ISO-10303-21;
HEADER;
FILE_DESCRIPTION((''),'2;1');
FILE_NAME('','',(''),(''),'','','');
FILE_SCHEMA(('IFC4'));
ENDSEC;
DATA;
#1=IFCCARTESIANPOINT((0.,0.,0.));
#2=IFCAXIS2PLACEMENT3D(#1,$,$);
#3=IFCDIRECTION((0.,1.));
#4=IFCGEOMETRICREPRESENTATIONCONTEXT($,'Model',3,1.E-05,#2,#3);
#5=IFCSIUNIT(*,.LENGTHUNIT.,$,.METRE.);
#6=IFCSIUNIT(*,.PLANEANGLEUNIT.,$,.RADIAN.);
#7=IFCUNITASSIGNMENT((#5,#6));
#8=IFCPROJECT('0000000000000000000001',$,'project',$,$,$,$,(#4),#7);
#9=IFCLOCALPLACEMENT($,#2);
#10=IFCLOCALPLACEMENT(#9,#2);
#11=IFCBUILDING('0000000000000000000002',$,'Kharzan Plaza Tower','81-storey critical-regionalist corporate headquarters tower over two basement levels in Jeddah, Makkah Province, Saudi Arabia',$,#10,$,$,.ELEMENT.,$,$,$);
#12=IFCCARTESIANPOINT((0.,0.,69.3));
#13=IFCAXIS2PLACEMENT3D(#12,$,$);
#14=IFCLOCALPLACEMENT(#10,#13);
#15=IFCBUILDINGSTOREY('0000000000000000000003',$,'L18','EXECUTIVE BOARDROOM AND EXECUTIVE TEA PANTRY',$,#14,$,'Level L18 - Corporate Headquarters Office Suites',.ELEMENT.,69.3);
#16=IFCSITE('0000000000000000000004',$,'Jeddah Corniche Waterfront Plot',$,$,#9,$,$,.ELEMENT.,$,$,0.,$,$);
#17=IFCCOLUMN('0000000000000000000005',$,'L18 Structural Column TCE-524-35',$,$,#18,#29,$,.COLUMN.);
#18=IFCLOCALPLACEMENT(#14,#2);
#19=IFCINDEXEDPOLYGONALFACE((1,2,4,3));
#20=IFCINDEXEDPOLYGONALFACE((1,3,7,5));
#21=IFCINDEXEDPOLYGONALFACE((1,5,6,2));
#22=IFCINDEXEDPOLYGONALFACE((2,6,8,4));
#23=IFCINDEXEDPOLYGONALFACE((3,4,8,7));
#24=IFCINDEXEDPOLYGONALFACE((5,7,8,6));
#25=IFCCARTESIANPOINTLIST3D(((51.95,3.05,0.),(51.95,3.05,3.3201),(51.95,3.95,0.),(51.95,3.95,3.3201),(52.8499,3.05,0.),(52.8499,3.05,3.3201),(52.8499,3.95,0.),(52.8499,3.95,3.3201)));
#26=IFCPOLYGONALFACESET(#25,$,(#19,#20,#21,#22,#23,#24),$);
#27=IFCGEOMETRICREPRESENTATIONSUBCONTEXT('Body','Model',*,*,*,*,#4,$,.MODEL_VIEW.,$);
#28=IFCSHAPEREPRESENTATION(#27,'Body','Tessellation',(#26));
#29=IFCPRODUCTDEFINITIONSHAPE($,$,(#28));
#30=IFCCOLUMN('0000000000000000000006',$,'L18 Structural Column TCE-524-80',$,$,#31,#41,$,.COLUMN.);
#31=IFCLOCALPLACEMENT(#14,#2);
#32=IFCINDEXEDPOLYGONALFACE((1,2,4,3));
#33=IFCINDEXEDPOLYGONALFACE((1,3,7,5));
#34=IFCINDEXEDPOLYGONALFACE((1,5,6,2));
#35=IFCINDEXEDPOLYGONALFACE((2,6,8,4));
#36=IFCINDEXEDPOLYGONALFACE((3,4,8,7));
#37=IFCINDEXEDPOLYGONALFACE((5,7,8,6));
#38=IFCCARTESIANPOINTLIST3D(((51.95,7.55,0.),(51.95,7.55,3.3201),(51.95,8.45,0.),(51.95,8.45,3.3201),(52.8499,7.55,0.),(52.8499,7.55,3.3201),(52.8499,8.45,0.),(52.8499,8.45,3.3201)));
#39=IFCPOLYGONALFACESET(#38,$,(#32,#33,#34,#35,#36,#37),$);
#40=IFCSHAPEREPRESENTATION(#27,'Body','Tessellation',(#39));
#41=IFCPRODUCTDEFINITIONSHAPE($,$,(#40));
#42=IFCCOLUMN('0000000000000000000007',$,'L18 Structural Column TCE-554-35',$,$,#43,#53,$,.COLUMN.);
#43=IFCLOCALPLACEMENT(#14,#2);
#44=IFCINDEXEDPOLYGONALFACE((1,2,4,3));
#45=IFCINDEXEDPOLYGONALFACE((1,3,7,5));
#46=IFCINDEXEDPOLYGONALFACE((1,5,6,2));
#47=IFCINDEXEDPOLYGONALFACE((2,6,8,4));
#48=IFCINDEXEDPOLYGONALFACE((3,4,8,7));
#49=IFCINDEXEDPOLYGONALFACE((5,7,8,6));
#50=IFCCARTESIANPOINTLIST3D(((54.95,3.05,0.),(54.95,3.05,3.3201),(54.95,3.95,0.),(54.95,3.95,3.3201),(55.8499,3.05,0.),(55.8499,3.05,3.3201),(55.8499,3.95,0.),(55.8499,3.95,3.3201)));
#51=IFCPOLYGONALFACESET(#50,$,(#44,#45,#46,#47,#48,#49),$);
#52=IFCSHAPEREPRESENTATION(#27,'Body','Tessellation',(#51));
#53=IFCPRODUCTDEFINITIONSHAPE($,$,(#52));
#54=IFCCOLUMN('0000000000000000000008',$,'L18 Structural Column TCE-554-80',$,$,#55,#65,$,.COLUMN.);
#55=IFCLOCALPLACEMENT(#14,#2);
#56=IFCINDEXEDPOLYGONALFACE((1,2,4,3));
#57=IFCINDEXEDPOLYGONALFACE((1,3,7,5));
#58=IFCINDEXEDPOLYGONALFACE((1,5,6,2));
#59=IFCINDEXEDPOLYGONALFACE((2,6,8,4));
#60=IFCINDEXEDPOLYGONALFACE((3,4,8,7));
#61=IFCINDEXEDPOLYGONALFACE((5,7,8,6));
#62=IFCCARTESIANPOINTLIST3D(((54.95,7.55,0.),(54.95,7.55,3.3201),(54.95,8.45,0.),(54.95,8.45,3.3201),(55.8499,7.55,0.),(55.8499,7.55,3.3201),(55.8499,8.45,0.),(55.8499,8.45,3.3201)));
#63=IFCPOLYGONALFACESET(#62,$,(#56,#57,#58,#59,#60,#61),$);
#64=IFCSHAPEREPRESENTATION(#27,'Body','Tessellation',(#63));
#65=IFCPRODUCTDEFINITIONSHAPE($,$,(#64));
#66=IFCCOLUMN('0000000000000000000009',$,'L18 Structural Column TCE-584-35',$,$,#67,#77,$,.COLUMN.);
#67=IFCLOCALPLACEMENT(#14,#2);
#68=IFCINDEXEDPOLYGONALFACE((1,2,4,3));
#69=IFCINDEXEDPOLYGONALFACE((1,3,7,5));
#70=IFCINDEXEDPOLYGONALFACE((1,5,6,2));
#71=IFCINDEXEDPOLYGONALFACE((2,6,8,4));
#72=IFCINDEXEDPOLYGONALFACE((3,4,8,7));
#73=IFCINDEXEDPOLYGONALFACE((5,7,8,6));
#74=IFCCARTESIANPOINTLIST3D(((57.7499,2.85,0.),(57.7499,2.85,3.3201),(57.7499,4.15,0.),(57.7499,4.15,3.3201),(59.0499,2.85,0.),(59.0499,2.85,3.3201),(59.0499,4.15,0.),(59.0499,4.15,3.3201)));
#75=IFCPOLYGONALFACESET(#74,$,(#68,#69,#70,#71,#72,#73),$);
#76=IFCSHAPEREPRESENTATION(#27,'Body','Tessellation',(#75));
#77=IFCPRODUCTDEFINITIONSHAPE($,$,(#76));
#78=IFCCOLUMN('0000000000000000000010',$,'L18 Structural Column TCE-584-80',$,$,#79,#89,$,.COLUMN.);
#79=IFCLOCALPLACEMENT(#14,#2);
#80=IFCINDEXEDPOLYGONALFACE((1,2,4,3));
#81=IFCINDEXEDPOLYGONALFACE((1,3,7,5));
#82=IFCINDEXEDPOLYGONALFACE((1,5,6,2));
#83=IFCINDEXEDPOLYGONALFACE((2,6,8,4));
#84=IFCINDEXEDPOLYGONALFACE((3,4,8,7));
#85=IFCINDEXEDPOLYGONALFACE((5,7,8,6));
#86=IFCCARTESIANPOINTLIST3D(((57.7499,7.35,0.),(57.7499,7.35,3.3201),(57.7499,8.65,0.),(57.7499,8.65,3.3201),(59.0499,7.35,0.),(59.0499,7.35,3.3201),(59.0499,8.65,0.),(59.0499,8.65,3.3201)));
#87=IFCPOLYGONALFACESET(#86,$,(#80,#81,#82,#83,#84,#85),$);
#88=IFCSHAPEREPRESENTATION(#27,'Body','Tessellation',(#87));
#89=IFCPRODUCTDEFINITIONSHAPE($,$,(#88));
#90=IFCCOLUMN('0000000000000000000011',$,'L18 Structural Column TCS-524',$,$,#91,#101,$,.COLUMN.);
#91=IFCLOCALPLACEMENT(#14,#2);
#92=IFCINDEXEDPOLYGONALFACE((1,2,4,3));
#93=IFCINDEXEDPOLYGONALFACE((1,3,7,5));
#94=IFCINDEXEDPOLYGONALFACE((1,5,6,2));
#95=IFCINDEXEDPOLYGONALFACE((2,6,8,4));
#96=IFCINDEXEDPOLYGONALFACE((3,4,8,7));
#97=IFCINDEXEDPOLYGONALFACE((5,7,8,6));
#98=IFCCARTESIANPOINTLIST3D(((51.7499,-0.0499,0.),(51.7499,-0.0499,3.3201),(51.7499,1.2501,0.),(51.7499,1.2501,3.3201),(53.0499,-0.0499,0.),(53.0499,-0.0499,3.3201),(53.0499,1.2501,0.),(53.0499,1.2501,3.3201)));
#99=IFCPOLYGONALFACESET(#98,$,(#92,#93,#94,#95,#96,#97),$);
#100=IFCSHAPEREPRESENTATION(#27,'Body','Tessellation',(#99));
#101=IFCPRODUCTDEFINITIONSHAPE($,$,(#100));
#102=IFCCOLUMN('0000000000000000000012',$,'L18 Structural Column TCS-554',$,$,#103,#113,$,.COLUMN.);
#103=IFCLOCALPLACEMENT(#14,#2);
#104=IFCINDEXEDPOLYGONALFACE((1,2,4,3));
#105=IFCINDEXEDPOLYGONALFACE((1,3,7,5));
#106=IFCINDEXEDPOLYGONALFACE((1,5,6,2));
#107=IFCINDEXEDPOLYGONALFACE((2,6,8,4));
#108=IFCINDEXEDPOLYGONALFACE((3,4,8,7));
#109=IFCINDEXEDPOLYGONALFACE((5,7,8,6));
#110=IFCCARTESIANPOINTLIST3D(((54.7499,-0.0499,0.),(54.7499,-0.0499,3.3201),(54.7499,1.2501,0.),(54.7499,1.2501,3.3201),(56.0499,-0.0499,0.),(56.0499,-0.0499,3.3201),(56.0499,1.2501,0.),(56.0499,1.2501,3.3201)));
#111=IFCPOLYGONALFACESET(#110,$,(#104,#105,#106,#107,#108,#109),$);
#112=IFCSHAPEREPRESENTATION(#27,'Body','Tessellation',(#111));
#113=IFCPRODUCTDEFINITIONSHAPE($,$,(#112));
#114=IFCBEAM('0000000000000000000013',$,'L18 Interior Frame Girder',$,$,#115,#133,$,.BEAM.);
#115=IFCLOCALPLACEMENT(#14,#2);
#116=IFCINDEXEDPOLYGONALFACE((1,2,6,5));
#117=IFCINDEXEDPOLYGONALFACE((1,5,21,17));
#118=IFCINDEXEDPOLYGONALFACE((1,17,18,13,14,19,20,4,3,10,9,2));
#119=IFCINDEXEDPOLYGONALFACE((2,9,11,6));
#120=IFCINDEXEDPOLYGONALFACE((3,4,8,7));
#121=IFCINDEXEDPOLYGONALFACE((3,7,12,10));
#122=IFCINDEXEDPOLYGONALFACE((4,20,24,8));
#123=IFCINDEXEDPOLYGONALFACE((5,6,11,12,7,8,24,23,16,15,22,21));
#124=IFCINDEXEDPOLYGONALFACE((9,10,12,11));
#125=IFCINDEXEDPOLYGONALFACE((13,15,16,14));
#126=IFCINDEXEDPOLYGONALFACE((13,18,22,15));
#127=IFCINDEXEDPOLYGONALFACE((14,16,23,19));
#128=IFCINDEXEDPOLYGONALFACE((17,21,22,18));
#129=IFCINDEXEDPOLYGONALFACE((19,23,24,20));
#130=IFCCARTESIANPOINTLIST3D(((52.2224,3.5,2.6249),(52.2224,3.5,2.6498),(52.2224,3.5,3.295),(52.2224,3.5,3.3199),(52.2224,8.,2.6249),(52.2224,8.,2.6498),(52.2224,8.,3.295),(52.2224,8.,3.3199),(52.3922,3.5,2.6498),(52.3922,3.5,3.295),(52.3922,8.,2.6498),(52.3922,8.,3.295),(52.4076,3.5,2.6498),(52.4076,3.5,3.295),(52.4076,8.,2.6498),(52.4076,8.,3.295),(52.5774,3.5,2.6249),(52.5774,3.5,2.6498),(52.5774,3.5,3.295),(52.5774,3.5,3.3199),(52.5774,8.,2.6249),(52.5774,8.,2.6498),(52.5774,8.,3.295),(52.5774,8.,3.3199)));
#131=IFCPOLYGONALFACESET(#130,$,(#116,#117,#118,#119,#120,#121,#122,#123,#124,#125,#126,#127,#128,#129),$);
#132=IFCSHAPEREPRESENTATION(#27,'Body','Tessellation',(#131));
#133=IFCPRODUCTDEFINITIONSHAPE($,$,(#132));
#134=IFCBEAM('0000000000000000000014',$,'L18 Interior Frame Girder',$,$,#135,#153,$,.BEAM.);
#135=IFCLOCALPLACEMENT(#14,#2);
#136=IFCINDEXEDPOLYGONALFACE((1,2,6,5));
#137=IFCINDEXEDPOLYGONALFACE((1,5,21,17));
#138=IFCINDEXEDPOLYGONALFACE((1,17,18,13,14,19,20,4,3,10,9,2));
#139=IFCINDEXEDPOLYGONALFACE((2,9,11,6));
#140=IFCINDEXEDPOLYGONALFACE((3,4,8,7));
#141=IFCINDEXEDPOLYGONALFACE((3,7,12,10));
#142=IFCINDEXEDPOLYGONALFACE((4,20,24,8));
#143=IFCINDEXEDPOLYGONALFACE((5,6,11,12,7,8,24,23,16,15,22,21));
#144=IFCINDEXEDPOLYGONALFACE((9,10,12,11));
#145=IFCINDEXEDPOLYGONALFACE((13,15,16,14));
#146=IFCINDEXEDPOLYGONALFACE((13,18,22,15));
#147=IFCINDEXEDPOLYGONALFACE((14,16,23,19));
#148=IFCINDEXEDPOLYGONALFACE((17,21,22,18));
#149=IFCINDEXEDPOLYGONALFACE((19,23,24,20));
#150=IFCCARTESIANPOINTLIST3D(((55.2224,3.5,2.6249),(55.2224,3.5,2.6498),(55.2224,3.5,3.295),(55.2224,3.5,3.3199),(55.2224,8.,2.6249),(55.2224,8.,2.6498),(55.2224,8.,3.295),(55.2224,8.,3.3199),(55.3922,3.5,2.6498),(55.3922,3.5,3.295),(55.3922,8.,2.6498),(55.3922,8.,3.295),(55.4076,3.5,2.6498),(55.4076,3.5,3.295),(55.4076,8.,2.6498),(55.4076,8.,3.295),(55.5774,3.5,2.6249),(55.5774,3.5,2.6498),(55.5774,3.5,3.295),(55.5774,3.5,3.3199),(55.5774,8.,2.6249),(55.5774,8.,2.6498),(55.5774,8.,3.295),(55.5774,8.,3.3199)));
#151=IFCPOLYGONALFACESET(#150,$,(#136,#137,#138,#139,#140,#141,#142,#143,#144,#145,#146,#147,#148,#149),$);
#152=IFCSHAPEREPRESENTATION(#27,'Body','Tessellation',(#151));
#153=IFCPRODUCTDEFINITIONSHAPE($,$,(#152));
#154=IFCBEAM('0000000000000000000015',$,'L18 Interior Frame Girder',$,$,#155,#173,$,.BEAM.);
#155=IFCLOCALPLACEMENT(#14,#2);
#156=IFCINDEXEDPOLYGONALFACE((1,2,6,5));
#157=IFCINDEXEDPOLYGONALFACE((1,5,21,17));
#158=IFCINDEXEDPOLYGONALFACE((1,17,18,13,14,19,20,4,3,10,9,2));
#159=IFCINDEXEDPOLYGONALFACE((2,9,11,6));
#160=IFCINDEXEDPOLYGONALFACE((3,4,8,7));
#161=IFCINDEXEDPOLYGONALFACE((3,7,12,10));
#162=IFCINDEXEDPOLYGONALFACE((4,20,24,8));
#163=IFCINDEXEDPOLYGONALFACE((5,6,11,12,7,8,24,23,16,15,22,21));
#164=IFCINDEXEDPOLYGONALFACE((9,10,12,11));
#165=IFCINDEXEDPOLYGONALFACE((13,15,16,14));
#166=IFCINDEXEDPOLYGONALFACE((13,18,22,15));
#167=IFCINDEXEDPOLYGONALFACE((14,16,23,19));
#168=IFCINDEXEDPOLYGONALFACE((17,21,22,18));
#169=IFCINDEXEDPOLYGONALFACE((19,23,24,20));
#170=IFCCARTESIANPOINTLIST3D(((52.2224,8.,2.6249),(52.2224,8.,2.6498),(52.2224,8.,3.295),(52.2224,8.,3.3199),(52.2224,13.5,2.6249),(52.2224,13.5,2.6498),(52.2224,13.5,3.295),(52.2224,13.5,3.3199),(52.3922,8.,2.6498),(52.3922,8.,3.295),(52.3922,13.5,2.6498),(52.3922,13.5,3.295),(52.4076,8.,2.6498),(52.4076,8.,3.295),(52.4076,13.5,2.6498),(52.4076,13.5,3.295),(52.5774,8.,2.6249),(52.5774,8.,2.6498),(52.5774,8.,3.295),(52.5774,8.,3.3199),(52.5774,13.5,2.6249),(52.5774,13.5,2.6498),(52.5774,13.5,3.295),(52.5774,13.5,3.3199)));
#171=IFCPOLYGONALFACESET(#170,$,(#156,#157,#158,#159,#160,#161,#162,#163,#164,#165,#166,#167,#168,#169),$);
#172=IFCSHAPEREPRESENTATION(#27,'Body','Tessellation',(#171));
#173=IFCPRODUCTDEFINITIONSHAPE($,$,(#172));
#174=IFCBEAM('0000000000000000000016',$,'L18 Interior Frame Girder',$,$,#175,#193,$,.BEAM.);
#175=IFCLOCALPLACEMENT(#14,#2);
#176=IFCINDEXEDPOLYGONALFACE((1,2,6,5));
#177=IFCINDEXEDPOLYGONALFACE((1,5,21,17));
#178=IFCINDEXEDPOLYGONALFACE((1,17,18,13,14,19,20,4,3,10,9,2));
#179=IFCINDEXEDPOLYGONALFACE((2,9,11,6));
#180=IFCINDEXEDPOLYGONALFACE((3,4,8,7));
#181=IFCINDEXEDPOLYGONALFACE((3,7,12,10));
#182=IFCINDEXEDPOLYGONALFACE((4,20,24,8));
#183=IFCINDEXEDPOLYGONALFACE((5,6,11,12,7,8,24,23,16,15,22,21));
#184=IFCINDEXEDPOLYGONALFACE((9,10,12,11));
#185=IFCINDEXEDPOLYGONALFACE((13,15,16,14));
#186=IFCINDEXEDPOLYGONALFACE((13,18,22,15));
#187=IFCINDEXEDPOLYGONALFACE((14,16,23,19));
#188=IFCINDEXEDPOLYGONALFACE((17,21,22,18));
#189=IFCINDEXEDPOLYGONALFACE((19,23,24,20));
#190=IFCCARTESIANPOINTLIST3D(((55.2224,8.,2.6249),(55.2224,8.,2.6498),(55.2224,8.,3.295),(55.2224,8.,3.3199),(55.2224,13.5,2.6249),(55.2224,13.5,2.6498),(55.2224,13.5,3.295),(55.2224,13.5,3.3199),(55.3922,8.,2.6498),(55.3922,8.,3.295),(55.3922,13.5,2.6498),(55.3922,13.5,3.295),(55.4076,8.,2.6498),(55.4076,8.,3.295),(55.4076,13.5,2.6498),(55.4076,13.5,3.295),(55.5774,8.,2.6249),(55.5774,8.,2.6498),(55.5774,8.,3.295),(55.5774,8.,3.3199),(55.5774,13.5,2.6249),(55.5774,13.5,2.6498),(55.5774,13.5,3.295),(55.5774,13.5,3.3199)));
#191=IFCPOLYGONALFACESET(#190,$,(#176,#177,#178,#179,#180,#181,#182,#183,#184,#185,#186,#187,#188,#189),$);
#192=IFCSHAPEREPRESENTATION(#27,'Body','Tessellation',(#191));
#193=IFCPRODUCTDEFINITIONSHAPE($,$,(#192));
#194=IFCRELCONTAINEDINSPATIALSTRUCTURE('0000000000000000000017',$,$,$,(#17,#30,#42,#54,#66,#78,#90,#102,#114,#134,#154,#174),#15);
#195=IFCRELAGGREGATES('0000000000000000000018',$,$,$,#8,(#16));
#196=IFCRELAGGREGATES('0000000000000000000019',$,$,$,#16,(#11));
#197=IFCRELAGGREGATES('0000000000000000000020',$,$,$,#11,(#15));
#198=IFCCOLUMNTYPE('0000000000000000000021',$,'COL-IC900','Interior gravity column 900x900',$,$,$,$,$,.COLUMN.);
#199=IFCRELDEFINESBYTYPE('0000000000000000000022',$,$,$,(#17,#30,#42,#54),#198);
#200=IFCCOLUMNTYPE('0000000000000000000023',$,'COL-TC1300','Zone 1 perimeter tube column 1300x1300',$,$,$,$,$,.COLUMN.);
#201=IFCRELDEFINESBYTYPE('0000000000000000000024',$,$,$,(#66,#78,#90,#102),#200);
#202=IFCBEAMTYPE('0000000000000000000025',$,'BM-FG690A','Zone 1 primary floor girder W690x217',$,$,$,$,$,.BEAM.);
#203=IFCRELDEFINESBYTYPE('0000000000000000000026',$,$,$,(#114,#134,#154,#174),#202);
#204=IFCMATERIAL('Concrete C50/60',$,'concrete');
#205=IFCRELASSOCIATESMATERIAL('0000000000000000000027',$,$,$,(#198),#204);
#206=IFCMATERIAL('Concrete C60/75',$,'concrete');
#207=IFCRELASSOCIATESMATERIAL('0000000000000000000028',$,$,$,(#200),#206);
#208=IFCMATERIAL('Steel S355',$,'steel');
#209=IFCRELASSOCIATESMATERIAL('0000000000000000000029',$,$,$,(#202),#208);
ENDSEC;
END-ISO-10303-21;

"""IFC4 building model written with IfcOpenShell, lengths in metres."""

from ifc_helpers import new_model, si_unit, direction, frame, origin, origin_2d, place, context, subcontext, project, spatial, rectangle, i_section, extrude, source, transform, mapped, material, material_profile, profile_set, type_object, element, save


model = new_model("IFC4")

# Units and contexts
model_context = context("Model", 3, precision=1e-05, world=origin(), true_north=direction((0.0, 1.0)))
body_context = subcontext(model_context, "Body", "Model", "MODEL_VIEW")
ifc_project = project(units=[si_unit("LENGTHUNIT", "METRE"), si_unit("PLANEANGLEUNIT", "RADIAN")], contexts=[model_context])

# Site, building, storey
site_placement = place(None, origin())
site = spatial("IfcSite", under=ifc_project, at=site_placement, Name="Jeddah Corniche Waterfront Plot", CompositionType="ELEMENT", RefElevation=0.0)
building_placement = place(site_placement, origin())
building = spatial("IfcBuilding", under=site, at=building_placement, Name="Kharzan Plaza Tower", Description="81-storey critical-regionalist corporate headquarters tower over two basement levels in Jeddah, Makkah Province, Saudi Arabia", CompositionType="ELEMENT")
storey_placement = place(building_placement, frame((0.0, 0.0, 69.3)))
storey = spatial("IfcBuildingStorey", under=building, at=storey_placement, Name="L18", Description="EXECUTIVE BOARDROOM AND EXECUTIVE TEA PANTRY", LongName="Level L18 - Corporate Headquarters Office Suites", CompositionType="ELEMENT", Elevation=69.3)

# Columns
ifc_material_1 = material(Name="Concrete C50/60", Category="concrete")
ifc_material_profile_1 = material_profile(ifc_material_1, rectangle(XDim=0.8999, YDim=0.8999, at=origin_2d()), Name="RC-IC900x900")
ifc_profile_set_1 = profile_set([ifc_material_profile_1], Name="Concrete C50/60")
column_type_1 = type_object("IfcColumnType", Name="COL-IC900", Description="Interior gravity column 900x900", PredefinedType="COLUMN", material=ifc_profile_set_1)
shared_shape_1 = source(origin(), body_context, "Body", "SweptSolid", [
    extrude(rectangle(XDim=0.8999, YDim=0.8999, at=origin_2d()), origin(), (0.0, 0.0, 1.0), 3.3201),
])
for number, where, z_axis, x_axis, name in (
    (1, (52.3999, 3.5, 0.0), (0.0, 0.0, 1.0), (1.0, 0.0, 0.0), "L18 Structural Column TCE-524-35"),
    (2, (52.3999, 8.0, 0.0), (0.0, 0.0, 1.0), (1.0, 0.0, 0.0), "L18 Structural Column TCE-524-80"),
    (3, (55.3999, 3.5, 0.0), (0.0, 0.0, 1.0), (1.0, 0.0, 0.0), "L18 Structural Column TCE-554-35"),
    (4, (55.3999, 8.0, 0.0), (0.0, 0.0, 1.0), (1.0, 0.0, 0.0), "L18 Structural Column TCE-554-80"),
):
    element("IfcColumn", number, at=place(storey_placement, frame(where, z_axis=z_axis, x_axis=x_axis)), inside=storey, type_object=column_type_1, Name=name, PredefinedType="COLUMN", context=body_context, shape_type="MappedRepresentation", body=[
        mapped(shared_shape_1, transform((0.0, 0.0, 0.0), x_axis=(1.0, 0.0, 0.0), y_axis=(0.0, 1.0, 0.0), z_axis=(0.0, 0.0, 1.0))),
    ])
ifc_material_2 = material(Name="Concrete C60/75", Category="concrete")
ifc_material_profile_2 = material_profile(ifc_material_2, rectangle(XDim=1.3, YDim=1.3, at=origin_2d()), Name="RC-TC1300x1300")
ifc_profile_set_2 = profile_set([ifc_material_profile_2], Name="Concrete C60/75")
column_type_2 = type_object("IfcColumnType", Name="COL-TC1300", Description="Zone 1 perimeter tube column 1300x1300", PredefinedType="COLUMN", material=ifc_profile_set_2)
shared_shape_2 = source(origin(), body_context, "Body", "SweptSolid", [
    extrude(rectangle(XDim=1.3, YDim=1.3, at=origin_2d()), origin(), (0.0, 0.0, 1.0), 3.3201),
])
for number, where, z_axis, x_axis, name in (
    (5, (58.3999, 3.5, 0.0), (0.0, 0.0, 1.0), (1.0, 0.0, 0.0), "L18 Structural Column TCE-584-35"),
    (6, (58.3999, 8.0, 0.0), (0.0, 0.0, 1.0), (1.0, 0.0, 0.0), "L18 Structural Column TCE-584-80"),
    (7, (52.3999, 0.6001, 0.0), (0.0, 0.0, 1.0), (1.0, 0.0, 0.0), "L18 Structural Column TCS-524"),
    (8, (55.3999, 0.6001, 0.0), (0.0, 0.0, 1.0), (1.0, 0.0, 0.0), "L18 Structural Column TCS-554"),
):
    element("IfcColumn", number, at=place(storey_placement, frame(where, z_axis=z_axis, x_axis=x_axis)), inside=storey, type_object=column_type_2, Name=name, PredefinedType="COLUMN", context=body_context, shape_type="MappedRepresentation", body=[
        mapped(shared_shape_2, transform((0.0, 0.0, 0.0), x_axis=(1.0, 0.0, 0.0), y_axis=(0.0, 1.0, 0.0), z_axis=(0.0, 0.0, 1.0))),
    ])

# Beams
ifc_material_3 = material(Name="Steel S355", Category="steel")
ifc_material_profile_3 = material_profile(ifc_material_3, i_section(OverallWidth=0.355, OverallDepth=0.6951, WebThickness=0.0154, FlangeThickness=0.0249, at=origin_2d()), Name="W690x217")
ifc_profile_set_3 = profile_set([ifc_material_profile_3], Name="Steel S355")
beam_type_1 = type_object("IfcBeamType", Name="BM-FG690A", Description="Zone 1 primary floor girder W690x217", PredefinedType="BEAM", material=ifc_profile_set_3)
shared_shape_3 = source(origin(), body_context, "Body", "SweptSolid", [
    extrude(i_section(OverallWidth=0.355, OverallDepth=0.6951, WebThickness=0.0154, FlangeThickness=0.0249, at=origin_2d()), origin(), (0.0, 0.0, 1.0), 4.5),
])
for number, where, z_axis, x_axis, name in (
    (9, (52.3999, 3.5, 2.9724), (0.0, 1.0, 0.0), (-1.0, 0.0, 0.0), "L18 Interior Frame Girder"),
    (10, (55.3999, 3.5, 2.9724), (0.0, 1.0, 0.0), (-1.0, 0.0, 0.0), "L18 Interior Frame Girder"),
):
    element("IfcBeam", number, at=place(storey_placement, frame(where, z_axis=z_axis, x_axis=x_axis)), inside=storey, type_object=beam_type_1, Name=name, PredefinedType="BEAM", context=body_context, shape_type="MappedRepresentation", body=[
        mapped(shared_shape_3, transform((0.0, 0.0, 0.0), x_axis=(1.0, 0.0, 0.0), y_axis=(0.0, 1.0, 0.0), z_axis=(0.0, 0.0, 1.0))),
    ])
shared_shape_4 = source(origin(), body_context, "Body", "SweptSolid", [
    extrude(i_section(OverallWidth=0.355, OverallDepth=0.6951, WebThickness=0.0154, FlangeThickness=0.0249, at=origin_2d()), origin(), (0.0, 0.0, 1.0), 5.5),
])
for number, where, z_axis, x_axis, name in (
    (11, (52.3999, 8.0, 2.9724), (0.0, 1.0, 0.0), (-1.0, 0.0, 0.0), "L18 Interior Frame Girder"),
    (12, (55.3999, 8.0, 2.9724), (0.0, 1.0, 0.0), (-1.0, 0.0, 0.0), "L18 Interior Frame Girder"),
):
    element("IfcBeam", number, at=place(storey_placement, frame(where, z_axis=z_axis, x_axis=x_axis)), inside=storey, type_object=beam_type_1, Name=name, PredefinedType="BEAM", context=body_context, shape_type="MappedRepresentation", body=[
        mapped(shared_shape_4, transform((0.0, 0.0, 0.0), x_axis=(1.0, 0.0, 0.0), y_axis=(0.0, 1.0, 0.0), z_axis=(0.0, 0.0, 1.0))),
    ])

save(model, "model.ifc")
